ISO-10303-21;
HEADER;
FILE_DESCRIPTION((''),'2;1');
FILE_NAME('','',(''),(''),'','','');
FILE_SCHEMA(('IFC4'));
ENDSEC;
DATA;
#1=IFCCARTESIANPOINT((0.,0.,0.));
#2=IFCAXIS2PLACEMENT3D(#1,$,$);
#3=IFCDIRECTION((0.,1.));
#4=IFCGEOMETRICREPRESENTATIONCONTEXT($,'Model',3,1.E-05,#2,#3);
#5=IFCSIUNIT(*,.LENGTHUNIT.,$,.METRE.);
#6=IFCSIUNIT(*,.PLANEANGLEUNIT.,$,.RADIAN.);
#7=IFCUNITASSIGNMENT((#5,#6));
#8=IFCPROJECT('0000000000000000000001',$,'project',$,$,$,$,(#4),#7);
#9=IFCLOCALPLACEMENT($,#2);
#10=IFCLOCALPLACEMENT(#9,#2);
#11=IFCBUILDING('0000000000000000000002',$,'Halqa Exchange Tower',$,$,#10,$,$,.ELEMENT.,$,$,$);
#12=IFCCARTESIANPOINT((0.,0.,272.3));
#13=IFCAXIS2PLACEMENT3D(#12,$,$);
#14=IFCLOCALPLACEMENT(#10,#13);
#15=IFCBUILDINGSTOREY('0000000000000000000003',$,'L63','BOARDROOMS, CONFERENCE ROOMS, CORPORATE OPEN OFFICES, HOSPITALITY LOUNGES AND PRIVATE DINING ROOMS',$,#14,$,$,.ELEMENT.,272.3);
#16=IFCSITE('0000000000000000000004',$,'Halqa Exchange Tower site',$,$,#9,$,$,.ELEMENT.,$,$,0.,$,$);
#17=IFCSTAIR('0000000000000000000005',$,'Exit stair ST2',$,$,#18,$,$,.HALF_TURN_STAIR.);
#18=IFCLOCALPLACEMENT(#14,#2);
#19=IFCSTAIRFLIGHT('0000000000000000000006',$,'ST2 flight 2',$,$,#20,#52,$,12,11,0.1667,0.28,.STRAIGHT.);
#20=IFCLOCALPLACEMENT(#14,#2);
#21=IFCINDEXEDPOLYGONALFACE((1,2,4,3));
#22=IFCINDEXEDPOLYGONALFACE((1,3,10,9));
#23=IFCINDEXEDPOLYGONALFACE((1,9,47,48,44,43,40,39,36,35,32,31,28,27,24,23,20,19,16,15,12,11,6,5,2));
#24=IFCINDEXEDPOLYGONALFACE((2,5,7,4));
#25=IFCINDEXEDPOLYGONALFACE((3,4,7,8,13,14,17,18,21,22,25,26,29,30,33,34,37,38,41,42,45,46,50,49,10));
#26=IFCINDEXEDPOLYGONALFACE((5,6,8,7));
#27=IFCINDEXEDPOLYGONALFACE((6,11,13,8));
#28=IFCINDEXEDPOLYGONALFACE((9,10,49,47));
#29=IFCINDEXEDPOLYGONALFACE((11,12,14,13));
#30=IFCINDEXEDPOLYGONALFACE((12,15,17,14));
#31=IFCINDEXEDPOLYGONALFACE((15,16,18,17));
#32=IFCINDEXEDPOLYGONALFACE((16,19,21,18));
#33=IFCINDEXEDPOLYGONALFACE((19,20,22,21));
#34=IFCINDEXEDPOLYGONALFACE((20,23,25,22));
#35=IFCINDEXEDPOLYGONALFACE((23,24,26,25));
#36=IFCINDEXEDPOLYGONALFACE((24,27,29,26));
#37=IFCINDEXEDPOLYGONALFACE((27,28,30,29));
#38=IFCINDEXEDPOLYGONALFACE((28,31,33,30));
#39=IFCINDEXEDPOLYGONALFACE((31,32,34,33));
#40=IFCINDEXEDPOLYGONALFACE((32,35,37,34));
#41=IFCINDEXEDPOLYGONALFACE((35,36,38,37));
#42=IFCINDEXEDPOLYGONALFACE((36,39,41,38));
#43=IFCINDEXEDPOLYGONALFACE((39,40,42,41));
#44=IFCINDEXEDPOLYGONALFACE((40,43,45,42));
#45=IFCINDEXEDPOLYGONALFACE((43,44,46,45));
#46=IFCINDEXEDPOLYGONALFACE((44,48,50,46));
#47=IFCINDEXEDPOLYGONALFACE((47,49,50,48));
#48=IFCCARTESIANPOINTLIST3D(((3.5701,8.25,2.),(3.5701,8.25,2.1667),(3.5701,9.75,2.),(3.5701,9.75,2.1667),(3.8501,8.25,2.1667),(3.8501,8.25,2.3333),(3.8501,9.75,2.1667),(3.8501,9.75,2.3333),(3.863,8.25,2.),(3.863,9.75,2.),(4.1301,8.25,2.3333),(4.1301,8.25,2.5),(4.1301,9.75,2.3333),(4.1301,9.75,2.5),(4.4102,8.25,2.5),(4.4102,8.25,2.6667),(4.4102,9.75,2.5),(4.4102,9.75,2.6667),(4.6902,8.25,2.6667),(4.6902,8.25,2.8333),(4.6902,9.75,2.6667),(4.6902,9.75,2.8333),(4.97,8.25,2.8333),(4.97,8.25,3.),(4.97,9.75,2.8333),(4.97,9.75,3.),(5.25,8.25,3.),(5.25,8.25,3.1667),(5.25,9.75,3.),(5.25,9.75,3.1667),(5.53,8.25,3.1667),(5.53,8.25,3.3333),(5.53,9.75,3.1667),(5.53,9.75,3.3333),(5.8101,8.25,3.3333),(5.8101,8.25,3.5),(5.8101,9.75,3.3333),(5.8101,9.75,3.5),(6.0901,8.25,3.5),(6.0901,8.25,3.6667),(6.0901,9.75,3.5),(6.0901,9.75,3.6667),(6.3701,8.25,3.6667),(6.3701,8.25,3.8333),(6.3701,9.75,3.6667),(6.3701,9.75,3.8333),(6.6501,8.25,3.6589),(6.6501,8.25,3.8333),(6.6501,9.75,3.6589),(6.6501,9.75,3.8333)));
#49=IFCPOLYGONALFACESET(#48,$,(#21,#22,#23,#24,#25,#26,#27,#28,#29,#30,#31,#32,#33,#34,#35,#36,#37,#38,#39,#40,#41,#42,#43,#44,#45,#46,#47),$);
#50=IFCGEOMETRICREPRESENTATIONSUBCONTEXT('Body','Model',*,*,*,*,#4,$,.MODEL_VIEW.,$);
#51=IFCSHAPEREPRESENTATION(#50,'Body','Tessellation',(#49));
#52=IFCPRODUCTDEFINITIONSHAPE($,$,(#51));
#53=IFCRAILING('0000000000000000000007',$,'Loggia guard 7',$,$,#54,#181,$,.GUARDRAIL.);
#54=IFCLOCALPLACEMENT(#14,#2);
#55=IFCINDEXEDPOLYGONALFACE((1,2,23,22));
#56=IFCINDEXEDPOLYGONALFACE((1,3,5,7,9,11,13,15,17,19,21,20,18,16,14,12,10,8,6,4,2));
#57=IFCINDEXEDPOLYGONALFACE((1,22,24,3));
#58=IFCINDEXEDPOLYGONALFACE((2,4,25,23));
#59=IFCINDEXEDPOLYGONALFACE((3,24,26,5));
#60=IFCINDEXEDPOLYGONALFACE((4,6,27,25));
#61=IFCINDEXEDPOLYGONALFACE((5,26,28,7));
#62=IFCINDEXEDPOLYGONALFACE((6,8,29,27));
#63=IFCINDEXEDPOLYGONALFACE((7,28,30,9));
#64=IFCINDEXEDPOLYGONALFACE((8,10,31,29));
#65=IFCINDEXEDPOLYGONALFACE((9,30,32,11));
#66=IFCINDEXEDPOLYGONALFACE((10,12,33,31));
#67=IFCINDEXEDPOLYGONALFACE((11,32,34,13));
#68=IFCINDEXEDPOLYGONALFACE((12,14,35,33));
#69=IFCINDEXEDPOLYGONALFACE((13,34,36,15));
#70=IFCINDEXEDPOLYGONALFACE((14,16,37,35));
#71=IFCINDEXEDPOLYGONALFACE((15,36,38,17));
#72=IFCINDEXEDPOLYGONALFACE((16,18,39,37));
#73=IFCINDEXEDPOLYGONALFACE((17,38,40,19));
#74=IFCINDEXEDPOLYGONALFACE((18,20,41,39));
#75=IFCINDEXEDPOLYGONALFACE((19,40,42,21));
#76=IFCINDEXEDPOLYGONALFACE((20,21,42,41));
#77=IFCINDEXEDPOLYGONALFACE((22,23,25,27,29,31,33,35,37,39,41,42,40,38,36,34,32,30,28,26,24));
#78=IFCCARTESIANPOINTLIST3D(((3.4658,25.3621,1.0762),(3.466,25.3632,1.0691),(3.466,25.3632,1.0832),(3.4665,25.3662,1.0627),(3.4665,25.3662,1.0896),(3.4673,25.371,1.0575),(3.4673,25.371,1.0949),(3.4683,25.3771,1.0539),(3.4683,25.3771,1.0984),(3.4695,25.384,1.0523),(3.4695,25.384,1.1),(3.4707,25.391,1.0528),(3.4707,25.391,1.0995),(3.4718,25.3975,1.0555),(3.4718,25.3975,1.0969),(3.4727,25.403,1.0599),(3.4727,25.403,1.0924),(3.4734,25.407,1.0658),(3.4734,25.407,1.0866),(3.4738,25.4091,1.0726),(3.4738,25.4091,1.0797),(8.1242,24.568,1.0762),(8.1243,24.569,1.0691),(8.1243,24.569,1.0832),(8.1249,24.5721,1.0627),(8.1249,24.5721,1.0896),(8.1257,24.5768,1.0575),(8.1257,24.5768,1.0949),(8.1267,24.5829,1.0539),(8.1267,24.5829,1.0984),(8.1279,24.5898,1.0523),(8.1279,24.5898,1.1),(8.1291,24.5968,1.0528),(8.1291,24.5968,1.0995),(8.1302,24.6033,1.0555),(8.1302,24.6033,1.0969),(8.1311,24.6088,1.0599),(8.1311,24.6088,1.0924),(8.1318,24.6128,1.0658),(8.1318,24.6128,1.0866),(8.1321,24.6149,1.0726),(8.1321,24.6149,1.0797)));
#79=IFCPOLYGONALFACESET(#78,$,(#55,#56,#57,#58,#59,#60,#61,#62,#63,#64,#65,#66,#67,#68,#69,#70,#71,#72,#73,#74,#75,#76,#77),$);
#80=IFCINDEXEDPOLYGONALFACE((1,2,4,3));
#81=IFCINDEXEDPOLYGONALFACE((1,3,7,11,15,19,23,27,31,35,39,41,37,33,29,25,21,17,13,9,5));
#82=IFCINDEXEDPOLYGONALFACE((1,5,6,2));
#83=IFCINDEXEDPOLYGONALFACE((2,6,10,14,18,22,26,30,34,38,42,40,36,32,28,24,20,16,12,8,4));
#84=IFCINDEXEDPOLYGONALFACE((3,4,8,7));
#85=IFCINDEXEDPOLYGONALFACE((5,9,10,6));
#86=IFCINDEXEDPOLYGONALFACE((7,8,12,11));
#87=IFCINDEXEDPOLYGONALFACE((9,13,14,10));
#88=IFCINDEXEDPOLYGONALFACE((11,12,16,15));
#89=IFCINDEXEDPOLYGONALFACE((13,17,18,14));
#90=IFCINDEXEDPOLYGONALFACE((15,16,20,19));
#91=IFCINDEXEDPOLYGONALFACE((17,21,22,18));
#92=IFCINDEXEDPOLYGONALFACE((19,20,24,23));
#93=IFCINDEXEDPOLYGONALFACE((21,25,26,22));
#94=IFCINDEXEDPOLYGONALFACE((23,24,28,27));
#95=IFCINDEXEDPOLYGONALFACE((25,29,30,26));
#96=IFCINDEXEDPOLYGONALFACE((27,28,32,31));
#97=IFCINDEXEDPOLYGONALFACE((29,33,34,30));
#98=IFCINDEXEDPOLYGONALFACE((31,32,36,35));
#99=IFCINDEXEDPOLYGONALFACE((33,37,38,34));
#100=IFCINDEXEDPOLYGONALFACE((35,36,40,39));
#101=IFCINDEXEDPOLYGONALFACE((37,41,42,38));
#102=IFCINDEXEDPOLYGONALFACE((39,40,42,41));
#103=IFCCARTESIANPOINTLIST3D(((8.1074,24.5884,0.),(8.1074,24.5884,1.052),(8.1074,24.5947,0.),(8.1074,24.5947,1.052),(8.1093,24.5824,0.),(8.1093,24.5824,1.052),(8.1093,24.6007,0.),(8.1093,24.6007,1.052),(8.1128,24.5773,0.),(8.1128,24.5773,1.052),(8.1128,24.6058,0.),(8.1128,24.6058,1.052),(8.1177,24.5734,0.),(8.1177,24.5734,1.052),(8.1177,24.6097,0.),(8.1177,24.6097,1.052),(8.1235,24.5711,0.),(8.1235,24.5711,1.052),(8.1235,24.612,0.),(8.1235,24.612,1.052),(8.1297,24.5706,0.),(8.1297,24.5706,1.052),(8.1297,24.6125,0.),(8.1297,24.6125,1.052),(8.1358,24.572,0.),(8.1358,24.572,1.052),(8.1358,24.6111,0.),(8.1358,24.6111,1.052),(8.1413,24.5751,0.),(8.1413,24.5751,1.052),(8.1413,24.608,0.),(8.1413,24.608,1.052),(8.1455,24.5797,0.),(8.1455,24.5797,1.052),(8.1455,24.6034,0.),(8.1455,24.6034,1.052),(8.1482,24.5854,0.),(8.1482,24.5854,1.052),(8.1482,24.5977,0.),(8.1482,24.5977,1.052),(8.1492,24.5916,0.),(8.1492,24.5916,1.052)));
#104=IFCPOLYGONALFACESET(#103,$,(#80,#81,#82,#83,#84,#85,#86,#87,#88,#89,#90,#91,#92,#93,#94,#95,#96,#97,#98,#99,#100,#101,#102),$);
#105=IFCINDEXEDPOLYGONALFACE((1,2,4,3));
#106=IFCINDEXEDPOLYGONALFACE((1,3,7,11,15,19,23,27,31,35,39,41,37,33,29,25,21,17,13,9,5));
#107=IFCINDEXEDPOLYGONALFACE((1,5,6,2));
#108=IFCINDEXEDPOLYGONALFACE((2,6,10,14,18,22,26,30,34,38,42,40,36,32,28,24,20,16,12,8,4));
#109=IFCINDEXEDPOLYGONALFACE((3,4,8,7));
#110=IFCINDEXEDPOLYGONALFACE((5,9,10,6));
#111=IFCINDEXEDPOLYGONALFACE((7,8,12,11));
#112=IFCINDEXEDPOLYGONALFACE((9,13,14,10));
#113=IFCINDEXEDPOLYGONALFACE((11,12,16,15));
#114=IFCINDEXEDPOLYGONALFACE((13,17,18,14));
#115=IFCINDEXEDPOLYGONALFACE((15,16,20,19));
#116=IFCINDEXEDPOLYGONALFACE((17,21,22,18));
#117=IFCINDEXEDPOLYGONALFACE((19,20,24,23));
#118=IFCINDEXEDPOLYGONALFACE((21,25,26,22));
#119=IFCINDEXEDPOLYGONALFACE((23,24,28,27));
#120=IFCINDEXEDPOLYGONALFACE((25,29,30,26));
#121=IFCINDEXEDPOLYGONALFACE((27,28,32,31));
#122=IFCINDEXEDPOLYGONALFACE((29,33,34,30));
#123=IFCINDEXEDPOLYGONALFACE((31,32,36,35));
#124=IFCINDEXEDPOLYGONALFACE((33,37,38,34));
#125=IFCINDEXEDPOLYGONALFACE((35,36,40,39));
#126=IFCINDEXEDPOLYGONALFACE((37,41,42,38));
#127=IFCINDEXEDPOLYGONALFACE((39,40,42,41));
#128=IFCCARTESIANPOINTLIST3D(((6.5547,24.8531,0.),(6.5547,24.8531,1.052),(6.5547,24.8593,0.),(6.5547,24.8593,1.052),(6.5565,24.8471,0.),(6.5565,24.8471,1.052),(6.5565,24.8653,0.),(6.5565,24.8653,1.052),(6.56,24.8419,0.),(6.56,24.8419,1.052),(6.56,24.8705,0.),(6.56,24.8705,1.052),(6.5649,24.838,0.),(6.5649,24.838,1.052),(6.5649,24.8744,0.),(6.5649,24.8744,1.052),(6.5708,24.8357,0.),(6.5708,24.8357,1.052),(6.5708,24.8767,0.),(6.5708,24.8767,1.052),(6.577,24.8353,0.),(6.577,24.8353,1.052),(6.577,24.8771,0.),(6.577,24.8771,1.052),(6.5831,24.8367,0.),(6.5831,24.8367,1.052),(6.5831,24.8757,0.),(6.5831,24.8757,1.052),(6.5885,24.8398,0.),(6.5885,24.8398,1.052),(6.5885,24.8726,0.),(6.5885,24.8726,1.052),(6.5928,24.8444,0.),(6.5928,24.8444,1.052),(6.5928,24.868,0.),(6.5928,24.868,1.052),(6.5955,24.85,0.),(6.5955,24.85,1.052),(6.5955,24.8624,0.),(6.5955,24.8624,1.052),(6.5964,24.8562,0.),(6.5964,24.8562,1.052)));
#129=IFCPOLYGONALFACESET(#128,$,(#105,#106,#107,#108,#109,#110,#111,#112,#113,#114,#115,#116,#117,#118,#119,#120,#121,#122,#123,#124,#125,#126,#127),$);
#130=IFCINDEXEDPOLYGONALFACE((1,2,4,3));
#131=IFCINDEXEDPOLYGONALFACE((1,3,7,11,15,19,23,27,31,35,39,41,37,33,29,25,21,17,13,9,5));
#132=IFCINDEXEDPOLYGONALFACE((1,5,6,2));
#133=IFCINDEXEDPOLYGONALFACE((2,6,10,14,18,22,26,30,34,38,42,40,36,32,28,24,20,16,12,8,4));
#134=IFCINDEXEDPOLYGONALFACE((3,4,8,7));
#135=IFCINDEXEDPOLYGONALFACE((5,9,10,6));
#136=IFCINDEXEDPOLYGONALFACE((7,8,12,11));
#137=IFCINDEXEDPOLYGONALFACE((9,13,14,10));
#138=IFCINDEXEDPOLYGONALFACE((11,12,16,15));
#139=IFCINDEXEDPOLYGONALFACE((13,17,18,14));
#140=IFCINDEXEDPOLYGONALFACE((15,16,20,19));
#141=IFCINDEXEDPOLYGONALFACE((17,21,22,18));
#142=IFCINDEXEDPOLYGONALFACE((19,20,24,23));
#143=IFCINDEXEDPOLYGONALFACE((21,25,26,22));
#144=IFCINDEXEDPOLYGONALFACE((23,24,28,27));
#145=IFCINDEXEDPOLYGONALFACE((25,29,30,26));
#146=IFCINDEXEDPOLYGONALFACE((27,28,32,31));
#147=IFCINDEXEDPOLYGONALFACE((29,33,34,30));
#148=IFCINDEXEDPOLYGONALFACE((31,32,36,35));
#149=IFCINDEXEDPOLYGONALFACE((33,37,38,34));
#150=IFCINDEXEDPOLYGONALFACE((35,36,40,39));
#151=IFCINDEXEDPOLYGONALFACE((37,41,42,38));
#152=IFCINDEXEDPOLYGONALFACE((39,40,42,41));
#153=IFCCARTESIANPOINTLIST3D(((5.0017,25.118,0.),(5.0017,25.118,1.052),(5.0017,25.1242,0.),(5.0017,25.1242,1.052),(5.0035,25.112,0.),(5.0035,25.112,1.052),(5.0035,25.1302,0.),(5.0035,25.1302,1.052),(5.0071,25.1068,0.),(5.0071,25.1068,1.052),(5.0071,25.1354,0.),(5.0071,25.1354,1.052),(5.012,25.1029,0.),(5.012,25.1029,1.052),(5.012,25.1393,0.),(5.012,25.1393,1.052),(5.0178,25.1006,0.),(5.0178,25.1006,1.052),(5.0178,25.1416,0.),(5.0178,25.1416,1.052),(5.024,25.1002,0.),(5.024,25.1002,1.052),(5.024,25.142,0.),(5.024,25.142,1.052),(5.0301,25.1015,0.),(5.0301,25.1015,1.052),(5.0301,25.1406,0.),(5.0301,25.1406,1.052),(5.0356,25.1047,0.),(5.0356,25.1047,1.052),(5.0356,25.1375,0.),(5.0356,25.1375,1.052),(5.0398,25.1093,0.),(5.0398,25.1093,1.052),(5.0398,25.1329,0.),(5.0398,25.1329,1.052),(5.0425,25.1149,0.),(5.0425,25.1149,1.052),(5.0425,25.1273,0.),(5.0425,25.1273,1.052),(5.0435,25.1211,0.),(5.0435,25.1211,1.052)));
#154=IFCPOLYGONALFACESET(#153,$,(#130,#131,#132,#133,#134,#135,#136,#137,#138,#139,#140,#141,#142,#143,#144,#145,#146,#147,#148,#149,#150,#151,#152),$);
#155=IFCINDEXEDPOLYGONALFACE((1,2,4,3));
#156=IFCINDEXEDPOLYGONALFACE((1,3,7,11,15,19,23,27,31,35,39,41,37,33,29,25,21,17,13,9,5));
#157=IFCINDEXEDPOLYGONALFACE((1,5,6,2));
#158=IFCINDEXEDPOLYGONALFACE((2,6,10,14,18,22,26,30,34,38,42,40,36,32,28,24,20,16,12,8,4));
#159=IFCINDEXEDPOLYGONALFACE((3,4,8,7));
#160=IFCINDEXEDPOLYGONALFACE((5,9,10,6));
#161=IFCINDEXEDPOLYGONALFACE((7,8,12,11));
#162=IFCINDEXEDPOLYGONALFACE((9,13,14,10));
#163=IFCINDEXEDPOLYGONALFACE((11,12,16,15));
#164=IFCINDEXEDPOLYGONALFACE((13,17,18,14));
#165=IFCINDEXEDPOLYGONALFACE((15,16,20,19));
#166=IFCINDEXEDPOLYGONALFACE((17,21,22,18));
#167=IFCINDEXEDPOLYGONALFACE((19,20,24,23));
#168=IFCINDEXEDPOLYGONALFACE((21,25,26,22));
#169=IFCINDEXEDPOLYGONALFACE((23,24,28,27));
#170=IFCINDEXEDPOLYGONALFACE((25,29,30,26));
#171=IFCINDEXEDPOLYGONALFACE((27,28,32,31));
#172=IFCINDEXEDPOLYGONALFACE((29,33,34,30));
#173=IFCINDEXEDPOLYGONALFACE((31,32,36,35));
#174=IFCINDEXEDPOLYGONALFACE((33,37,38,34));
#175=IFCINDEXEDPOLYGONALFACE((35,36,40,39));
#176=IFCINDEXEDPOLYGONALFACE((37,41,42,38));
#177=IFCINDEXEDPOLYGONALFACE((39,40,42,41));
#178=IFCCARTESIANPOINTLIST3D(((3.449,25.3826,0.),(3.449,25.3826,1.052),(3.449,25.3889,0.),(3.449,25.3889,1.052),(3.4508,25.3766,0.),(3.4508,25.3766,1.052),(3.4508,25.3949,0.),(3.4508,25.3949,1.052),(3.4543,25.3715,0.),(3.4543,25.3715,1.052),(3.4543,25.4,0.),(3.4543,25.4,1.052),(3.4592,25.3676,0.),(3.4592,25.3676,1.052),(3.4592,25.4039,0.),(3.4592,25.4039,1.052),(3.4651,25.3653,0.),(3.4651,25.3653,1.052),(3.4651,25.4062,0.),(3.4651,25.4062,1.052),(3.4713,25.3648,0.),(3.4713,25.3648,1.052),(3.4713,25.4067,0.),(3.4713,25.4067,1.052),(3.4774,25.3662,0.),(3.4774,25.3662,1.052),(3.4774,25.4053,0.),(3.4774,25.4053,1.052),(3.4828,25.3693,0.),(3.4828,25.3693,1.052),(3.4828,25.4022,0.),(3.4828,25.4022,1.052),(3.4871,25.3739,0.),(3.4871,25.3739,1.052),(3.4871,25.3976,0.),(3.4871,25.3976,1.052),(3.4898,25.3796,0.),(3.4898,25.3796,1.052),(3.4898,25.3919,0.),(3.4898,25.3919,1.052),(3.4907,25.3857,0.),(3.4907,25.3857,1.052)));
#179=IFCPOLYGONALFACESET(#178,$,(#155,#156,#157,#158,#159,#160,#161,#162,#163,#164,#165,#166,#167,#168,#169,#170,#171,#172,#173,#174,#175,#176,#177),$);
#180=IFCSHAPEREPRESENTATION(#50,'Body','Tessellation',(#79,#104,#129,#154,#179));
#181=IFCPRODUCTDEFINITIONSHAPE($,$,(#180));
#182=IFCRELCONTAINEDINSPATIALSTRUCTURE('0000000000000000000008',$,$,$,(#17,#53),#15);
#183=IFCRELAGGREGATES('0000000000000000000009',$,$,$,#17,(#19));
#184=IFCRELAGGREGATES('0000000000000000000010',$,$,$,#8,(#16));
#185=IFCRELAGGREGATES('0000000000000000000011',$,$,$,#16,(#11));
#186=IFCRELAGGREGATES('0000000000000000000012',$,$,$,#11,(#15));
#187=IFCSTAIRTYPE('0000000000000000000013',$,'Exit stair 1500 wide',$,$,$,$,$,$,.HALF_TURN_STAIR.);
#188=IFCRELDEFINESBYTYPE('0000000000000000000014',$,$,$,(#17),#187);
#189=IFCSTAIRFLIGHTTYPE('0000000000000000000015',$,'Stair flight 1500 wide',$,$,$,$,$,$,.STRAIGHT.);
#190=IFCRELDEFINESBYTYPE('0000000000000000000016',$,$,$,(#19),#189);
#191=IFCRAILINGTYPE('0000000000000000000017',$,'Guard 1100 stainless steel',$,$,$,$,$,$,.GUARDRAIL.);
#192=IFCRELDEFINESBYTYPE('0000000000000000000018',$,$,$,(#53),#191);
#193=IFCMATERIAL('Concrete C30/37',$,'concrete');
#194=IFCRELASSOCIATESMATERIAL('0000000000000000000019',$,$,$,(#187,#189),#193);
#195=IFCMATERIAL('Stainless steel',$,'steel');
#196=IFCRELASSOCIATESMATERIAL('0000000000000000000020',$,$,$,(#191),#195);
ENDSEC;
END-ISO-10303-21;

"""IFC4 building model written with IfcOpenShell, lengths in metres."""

from ifc_helpers import new_model, si_unit, direction, frame, origin, origin_2d, place, context, subcontext, project, spatial, polyline, circle, outline, extrude, material, type_object, element, aggregate, save


model = new_model("IFC4")

# Units and contexts
model_context = context("Model", 3, precision=1e-05, world=origin(), true_north=direction((0.0, 1.0)))
body_context = subcontext(model_context, "Body", "Model", "MODEL_VIEW")
ifc_project = project(units=[si_unit("LENGTHUNIT", "METRE"), si_unit("PLANEANGLEUNIT", "RADIAN")], contexts=[model_context])

# Site, building, storey
site_placement = place(None, origin())
site = spatial("IfcSite", under=ifc_project, at=site_placement, Name="Halqa Exchange Tower site", CompositionType="ELEMENT", RefElevation=0.0)
building_placement = place(site_placement, origin())
building = spatial("IfcBuilding", under=site, at=building_placement, Name="Halqa Exchange Tower", CompositionType="ELEMENT")
storey_placement = place(building_placement, frame((0.0, 0.0, 272.3)))
storey = spatial("IfcBuildingStorey", under=building, at=storey_placement, Name="L63", Description="BOARDROOMS, CONFERENCE ROOMS, CORPORATE OPEN OFFICES, HOSPITALITY LOUNGES AND PRIVATE DINING ROOMS", CompositionType="ELEMENT", Elevation=272.3)

# Stair
ifc_material_1 = material(Name="Concrete C30/37", Category="concrete")
stair_type = type_object("IfcStairType", Name="Exit stair 1500 wide", PredefinedType="HALF_TURN_STAIR", material=ifc_material_1)
stair_1_placement = place(storey_placement, origin())
stair_1 = element("IfcStair", 1, at=stair_1_placement, inside=storey, type_object=stair_type, Name="Exit stair ST2", PredefinedType="HALF_TURN_STAIR")

# Stair flight
stair_flight_type = type_object("IfcStairFlightType", Name="Stair flight 1500 wide", PredefinedType="STRAIGHT", material=ifc_material_1)
stair_flight_1_placement = place(storey_placement, frame((3.5701, 9.0, 2.0), z_axis=(0.0, 0.0, 1.0), x_axis=(1.0, 0.0, 0.0)))
stair_flight_1 = element("IfcStairFlight", 2, at=stair_flight_1_placement, type_object=stair_flight_type, Name="ST2 flight 2", NumberOfRisers=12, NumberOfTreads=11, PredefinedType="STRAIGHT", RiserHeight=0.1667, TreadLength=0.28, context=body_context, shape_type="SweptSolid", body=[
    extrude(outline(polyline([(0.0, 0.0), (0.0, 0.1667), (0.28, 0.1667), (0.28, 0.3333), (0.5601, 0.3333), (0.5601, 0.5), (0.8401, 0.5), (0.8401, 0.6667), (1.1201, 0.6667), (1.1201, 0.8333), (1.3999, 0.8333), (1.3999, 1.0), (1.6799, 1.0), (1.6799, 1.1667), (1.96, 1.1667), (1.96, 1.3333), (2.24, 1.3333), (2.24, 1.5), (2.52, 1.5), (2.52, 1.6667), (2.8, 1.6667), (2.8, 1.8333), (3.0801, 1.8333), (3.0801, 2.0), (3.0801, 1.6589), (0.293, 0.0), (0.0, 0.0)])), frame((0.0, 0.75, 0.0), z_axis=(0.0, -1.0, 0.0), x_axis=(1.0, 0.0, 0.0)), (0.0, 0.0, 1.0), 1.5),
])
aggregate(stair_1, [stair_flight_1])

# Railing
ifc_material_2 = material(Name="Stainless steel", Category="steel")
railing_type_1 = type_object("IfcRailingType", Name="Guard 1100 stainless steel", PredefinedType="GUARDRAIL", material=ifc_material_2)
railing_1_placement = place(storey_placement, frame((8.1282, 24.5916, 0.0)))
element("IfcRailing", 3, at=railing_1_placement, inside=storey, type_object=railing_type_1, Name="Loggia guard 7", PredefinedType="GUARDRAIL", context=body_context, shape_type="SweptSolid", body=[
    extrude(circle(Radius=0.0239, at=origin_2d()), frame((0.0, 0.0, 1.0762), z_axis=(-0.985777, 0.168059, 0.0), x_axis=(-0.168059, -0.985777, 0.0)), (0.0, 0.0, 1.0), 4.7256),
    extrude(circle(Radius=0.021, at=origin_2d()), origin(), (0.0, 0.0, 1.0), 1.052),
    extrude(circle(Radius=0.021, at=origin_2d()), frame((-1.5527, 0.2646, 0.0)), (0.0, 0.0, 1.0), 1.052),
    extrude(circle(Radius=0.021, at=origin_2d()), frame((-3.1057, 0.5295, 0.0)), (0.0, 0.0, 1.0), 1.052),
    extrude(circle(Radius=0.021, at=origin_2d()), frame((-4.6584, 0.7942, 0.0)), (0.0, 0.0, 1.0), 1.052),
])

save(model, "model.ifc")
